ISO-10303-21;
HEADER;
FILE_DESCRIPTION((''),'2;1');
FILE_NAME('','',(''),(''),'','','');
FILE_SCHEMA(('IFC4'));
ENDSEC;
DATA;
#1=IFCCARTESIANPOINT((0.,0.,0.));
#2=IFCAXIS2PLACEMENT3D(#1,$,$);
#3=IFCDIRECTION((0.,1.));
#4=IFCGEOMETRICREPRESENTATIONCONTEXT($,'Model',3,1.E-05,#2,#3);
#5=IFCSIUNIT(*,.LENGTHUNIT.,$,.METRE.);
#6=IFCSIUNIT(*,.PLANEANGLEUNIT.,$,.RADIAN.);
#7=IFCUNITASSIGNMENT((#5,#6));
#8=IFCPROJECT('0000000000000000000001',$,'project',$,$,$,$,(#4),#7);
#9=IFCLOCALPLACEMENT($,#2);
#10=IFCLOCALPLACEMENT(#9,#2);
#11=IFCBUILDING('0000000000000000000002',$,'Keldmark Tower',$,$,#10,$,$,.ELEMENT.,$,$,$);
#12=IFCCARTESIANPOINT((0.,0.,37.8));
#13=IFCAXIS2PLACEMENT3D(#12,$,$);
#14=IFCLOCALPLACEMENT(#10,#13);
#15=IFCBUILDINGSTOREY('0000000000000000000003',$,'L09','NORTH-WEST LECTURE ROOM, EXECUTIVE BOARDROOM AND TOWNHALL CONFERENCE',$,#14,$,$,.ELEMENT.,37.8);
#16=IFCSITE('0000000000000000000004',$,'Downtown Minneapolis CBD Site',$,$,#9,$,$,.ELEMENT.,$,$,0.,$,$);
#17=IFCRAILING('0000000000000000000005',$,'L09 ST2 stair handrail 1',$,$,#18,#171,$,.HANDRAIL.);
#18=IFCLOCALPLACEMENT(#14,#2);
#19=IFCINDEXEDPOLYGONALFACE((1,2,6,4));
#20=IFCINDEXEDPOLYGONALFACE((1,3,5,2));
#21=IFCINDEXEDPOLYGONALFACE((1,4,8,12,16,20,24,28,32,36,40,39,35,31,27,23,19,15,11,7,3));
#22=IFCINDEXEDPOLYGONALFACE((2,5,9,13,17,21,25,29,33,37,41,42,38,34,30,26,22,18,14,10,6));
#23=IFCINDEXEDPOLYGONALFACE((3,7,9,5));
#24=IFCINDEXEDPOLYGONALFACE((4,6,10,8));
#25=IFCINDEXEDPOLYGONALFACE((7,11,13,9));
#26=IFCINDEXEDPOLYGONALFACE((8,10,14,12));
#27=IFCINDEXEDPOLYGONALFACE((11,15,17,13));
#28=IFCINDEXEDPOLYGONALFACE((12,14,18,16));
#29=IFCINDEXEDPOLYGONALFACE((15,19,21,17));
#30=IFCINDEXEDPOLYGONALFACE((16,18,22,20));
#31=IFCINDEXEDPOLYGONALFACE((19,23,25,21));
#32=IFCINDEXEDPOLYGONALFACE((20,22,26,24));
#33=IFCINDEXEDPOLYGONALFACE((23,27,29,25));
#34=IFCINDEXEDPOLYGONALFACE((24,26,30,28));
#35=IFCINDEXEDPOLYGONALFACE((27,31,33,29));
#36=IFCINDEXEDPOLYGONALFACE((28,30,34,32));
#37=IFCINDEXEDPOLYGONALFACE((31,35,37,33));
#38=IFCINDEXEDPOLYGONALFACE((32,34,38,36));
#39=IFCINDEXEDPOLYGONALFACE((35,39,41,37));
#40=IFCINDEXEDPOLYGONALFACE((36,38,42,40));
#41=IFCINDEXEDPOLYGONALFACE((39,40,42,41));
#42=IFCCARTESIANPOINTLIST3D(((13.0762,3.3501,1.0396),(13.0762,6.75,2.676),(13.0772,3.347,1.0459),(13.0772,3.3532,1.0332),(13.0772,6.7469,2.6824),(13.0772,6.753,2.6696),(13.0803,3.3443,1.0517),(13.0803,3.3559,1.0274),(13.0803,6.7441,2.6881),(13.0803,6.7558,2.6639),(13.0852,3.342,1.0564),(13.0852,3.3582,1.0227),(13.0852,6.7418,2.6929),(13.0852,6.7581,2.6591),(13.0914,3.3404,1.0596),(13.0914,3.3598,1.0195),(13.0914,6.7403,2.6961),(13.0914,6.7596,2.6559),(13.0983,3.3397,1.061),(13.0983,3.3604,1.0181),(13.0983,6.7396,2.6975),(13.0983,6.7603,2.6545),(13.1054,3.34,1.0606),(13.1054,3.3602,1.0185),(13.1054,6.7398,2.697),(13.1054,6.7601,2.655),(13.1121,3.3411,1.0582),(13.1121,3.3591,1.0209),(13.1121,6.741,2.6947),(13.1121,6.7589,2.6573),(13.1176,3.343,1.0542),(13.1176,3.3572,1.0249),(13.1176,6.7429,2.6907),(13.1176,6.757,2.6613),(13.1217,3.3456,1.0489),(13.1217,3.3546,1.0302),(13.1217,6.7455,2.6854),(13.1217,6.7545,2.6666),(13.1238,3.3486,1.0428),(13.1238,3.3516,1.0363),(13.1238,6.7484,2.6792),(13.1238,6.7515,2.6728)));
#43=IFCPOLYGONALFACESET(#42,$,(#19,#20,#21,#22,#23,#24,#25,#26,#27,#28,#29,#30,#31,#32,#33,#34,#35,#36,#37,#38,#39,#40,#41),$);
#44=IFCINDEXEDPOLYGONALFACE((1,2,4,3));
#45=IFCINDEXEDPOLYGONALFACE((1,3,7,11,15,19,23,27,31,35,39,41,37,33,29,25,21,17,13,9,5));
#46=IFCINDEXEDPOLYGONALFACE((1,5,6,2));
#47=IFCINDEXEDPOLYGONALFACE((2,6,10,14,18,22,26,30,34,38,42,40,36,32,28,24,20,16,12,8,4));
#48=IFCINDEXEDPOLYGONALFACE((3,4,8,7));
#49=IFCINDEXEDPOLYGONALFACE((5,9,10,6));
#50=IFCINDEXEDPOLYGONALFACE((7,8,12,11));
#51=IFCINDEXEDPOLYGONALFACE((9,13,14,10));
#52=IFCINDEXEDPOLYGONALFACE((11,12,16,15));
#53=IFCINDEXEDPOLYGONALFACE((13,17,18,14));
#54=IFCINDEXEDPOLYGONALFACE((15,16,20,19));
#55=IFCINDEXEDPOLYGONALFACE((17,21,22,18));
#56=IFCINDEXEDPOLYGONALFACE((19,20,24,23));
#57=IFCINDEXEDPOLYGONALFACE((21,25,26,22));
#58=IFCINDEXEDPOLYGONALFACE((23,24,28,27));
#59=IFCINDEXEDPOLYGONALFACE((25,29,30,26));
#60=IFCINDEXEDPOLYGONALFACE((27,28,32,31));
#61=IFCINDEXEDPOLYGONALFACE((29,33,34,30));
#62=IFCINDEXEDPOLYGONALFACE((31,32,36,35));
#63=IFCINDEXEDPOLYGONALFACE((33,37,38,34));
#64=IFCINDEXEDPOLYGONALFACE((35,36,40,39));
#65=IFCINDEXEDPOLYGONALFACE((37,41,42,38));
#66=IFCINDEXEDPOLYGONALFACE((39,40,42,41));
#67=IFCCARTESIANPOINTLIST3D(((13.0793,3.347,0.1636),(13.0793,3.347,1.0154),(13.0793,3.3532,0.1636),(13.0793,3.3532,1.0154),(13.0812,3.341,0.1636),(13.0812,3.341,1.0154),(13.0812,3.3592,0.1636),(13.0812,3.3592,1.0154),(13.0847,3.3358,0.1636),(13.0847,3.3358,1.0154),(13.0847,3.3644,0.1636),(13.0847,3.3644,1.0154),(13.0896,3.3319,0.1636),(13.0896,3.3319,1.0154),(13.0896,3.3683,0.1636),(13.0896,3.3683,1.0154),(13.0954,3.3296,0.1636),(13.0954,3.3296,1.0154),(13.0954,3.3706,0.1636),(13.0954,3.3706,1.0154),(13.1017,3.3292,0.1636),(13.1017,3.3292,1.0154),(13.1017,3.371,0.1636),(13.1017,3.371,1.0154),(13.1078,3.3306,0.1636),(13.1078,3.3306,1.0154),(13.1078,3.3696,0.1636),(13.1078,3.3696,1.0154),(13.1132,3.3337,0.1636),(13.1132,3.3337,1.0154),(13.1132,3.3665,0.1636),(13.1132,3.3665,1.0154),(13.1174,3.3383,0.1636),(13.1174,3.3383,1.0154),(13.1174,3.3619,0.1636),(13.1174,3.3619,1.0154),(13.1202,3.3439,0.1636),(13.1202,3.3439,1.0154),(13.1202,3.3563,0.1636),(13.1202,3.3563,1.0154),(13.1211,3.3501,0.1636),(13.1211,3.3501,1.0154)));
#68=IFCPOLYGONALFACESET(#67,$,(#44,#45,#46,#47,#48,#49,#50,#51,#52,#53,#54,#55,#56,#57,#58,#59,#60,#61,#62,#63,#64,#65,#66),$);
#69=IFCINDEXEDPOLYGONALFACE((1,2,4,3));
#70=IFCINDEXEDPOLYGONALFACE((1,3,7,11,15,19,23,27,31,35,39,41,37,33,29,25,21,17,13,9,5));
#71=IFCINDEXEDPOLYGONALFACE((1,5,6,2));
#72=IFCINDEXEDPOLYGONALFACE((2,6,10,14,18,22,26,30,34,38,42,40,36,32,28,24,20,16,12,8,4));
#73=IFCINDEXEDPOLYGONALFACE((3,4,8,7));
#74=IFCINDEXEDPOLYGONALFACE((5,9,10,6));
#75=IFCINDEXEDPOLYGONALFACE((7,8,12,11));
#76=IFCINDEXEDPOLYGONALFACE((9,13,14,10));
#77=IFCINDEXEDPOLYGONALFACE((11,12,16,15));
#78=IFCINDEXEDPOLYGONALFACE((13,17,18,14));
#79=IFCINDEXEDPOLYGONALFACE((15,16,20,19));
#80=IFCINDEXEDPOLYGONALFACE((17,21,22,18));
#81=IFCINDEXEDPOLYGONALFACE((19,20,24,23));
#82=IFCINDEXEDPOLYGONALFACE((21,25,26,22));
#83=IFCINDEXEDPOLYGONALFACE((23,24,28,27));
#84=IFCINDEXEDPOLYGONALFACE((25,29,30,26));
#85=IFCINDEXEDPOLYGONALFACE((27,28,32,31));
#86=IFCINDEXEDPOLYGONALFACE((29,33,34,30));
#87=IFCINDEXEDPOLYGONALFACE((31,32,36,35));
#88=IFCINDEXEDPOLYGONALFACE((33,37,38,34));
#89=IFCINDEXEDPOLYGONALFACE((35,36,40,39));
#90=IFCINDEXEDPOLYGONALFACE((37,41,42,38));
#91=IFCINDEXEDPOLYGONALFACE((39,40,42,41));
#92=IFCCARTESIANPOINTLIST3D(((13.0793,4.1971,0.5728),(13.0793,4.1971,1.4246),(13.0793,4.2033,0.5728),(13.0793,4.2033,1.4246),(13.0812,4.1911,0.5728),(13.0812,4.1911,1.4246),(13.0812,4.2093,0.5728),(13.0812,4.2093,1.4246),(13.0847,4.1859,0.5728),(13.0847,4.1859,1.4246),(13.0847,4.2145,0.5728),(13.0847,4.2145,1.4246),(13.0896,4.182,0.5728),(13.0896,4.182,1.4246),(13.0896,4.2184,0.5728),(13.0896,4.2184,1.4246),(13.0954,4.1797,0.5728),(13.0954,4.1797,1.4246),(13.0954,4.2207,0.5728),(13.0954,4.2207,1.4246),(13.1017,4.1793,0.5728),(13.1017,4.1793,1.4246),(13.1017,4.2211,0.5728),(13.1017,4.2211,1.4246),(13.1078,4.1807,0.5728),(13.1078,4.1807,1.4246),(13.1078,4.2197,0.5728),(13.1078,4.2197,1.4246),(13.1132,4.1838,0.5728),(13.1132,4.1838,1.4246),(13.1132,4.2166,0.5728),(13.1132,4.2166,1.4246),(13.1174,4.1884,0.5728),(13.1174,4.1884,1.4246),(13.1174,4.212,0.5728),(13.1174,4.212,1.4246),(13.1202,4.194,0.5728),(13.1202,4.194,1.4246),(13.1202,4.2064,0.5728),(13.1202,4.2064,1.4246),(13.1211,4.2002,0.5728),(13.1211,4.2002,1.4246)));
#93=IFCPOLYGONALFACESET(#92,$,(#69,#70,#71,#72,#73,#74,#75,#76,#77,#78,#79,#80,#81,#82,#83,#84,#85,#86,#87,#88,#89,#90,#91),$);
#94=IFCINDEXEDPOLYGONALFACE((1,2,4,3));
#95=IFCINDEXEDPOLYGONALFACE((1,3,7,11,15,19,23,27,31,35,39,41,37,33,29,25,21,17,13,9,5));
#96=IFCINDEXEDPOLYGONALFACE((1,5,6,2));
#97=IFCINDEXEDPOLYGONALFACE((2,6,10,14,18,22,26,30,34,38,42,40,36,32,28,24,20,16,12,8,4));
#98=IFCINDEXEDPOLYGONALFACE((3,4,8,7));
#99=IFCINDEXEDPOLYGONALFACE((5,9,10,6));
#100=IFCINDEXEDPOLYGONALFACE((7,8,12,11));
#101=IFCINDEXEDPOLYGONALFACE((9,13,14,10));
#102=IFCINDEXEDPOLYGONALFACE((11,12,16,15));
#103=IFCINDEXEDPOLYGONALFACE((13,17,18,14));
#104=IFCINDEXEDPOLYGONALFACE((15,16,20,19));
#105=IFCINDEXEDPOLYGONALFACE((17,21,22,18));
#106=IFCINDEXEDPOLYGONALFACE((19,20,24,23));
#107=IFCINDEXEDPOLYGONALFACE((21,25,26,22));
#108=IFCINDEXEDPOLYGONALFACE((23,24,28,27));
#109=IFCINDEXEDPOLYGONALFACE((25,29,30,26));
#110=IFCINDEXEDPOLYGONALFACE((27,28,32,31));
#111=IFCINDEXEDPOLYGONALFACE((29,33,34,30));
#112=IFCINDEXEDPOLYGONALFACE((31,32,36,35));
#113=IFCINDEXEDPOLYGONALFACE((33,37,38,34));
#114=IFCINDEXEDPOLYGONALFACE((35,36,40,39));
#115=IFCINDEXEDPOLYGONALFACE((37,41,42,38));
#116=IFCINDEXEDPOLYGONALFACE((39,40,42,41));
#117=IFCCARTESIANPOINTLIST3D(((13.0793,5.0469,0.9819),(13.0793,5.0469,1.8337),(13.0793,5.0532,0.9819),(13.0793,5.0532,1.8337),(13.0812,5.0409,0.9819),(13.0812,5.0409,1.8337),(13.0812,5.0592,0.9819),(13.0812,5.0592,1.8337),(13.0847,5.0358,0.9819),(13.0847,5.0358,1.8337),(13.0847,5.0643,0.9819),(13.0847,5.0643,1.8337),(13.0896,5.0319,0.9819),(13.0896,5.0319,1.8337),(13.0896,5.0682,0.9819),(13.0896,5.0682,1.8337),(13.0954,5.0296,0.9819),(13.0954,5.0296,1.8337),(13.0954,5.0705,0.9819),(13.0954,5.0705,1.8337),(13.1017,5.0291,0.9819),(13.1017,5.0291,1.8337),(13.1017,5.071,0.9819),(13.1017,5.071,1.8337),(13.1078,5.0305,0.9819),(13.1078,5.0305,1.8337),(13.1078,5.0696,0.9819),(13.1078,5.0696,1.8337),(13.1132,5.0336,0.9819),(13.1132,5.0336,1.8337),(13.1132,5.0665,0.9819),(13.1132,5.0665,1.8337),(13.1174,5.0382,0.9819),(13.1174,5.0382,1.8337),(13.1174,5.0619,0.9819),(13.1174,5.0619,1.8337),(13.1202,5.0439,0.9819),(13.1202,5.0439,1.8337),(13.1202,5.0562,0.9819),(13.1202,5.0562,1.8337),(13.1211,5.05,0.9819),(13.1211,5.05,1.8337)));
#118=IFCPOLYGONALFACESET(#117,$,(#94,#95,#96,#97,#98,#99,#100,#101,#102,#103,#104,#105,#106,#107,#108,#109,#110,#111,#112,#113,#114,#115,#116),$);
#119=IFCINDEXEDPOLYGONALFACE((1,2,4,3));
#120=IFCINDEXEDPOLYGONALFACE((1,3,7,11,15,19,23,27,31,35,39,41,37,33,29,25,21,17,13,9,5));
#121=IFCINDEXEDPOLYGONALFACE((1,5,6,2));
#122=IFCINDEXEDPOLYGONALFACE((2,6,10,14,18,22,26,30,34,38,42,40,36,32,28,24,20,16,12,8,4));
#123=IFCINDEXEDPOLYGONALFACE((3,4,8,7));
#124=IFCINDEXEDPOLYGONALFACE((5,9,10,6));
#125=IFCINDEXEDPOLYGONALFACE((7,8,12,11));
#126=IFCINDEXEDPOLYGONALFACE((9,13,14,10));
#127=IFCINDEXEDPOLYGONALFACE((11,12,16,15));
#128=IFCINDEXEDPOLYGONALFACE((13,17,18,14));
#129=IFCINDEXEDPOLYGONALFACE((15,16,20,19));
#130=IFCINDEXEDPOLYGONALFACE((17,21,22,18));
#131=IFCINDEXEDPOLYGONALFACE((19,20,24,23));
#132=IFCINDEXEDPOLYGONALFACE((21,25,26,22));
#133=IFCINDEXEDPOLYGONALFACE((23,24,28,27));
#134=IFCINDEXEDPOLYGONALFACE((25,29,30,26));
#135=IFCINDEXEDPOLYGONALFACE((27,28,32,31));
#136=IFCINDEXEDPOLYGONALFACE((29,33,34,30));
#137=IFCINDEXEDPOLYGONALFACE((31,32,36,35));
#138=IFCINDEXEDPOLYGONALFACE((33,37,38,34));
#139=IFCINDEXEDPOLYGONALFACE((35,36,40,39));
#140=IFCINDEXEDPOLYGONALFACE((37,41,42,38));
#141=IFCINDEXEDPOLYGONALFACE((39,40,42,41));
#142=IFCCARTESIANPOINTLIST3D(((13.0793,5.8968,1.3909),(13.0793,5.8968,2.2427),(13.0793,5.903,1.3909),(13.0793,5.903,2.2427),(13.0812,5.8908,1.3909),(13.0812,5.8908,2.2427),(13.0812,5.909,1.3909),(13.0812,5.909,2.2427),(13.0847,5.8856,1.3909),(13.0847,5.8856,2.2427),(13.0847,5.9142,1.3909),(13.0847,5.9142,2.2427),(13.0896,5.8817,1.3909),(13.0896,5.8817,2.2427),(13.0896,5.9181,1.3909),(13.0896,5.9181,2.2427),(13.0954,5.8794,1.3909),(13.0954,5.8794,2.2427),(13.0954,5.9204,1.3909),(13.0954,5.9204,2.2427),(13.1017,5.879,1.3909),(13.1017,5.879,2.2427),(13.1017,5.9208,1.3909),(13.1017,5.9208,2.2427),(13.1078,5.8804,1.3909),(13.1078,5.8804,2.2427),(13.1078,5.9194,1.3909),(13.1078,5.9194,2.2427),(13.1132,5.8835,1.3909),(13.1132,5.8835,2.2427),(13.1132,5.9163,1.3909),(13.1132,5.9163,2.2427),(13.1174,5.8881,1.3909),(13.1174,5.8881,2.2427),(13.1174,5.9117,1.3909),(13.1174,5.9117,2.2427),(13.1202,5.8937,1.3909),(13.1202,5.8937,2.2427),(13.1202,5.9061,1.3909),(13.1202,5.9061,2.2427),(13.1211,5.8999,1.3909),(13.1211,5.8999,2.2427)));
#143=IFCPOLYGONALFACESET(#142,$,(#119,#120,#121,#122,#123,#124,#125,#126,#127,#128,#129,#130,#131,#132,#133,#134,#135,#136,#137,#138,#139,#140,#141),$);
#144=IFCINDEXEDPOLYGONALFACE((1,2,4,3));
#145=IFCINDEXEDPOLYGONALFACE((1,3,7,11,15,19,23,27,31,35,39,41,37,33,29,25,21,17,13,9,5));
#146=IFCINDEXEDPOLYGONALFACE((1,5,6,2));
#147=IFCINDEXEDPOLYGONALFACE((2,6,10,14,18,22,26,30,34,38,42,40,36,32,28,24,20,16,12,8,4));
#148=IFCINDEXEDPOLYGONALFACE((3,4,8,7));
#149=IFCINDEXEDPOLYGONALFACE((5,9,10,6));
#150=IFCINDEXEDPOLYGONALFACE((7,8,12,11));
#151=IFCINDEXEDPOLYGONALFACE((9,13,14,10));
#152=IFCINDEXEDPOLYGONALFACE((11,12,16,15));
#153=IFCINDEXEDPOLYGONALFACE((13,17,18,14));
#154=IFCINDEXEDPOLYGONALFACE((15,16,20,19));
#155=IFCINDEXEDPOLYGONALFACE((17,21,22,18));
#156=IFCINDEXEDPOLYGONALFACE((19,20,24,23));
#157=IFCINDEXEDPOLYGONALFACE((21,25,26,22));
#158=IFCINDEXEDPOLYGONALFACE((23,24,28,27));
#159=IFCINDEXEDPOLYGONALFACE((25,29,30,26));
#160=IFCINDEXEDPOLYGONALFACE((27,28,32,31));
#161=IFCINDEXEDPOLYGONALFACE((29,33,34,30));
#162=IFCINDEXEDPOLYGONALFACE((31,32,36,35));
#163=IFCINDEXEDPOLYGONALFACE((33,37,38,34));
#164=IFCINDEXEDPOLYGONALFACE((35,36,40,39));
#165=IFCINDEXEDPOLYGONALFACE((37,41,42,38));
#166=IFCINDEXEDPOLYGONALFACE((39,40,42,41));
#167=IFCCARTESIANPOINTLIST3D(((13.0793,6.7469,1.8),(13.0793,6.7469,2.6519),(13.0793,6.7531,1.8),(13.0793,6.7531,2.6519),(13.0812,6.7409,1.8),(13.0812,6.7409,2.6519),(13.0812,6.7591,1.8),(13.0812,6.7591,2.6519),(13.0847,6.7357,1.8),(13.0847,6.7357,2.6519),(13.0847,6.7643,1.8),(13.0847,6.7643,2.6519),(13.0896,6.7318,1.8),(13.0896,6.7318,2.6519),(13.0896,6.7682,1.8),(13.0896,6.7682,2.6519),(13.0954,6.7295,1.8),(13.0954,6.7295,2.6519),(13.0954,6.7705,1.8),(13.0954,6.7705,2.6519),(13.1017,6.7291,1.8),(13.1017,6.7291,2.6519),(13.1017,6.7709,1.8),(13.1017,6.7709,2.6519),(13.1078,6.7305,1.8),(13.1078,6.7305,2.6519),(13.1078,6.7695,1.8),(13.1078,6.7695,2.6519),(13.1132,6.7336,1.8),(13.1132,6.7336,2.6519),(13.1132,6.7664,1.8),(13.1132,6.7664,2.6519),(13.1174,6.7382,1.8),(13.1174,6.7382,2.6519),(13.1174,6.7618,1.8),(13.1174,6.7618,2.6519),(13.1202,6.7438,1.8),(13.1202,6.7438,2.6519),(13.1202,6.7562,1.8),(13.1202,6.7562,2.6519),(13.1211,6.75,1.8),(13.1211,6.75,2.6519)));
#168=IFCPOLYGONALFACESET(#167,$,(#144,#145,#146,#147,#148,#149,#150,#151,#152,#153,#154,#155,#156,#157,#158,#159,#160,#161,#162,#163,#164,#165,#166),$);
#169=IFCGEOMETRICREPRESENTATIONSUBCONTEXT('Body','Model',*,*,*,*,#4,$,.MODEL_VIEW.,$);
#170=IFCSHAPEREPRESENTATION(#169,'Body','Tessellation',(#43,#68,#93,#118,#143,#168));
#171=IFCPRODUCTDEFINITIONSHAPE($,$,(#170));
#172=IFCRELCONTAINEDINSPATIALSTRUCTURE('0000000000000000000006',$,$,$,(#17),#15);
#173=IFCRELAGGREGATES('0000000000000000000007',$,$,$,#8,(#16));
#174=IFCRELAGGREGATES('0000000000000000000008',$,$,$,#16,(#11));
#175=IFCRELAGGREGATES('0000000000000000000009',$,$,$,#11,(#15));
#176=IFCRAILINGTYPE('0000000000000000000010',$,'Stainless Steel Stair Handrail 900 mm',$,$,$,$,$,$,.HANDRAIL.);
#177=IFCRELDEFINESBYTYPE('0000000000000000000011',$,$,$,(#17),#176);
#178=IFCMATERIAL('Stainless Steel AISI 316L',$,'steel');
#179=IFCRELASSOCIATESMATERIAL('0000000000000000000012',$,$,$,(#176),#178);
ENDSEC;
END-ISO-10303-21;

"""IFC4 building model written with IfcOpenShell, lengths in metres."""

from ifc_helpers import new_model, si_unit, direction, frame, origin, origin_2d, place, context, subcontext, project, spatial, circle, extrude, material, type_object, element, save


model = new_model("IFC4")

# Units and contexts
model_context = context("Model", 3, precision=1e-05, world=origin(), true_north=direction((0.0, 1.0)))
body_context = subcontext(model_context, "Body", "Model", "MODEL_VIEW")
ifc_project = project(units=[si_unit("LENGTHUNIT", "METRE"), si_unit("PLANEANGLEUNIT", "RADIAN")], contexts=[model_context])

# Site, building, storey
site_placement = place(None, origin())
site = spatial("IfcSite", under=ifc_project, at=site_placement, Name="Downtown Minneapolis CBD Site", CompositionType="ELEMENT", RefElevation=0.0)
building_placement = place(site_placement, origin())
building = spatial("IfcBuilding", under=site, at=building_placement, Name="Keldmark Tower", CompositionType="ELEMENT")
storey_placement = place(building_placement, frame((0.0, 0.0, 37.8)))
storey = spatial("IfcBuildingStorey", under=building, at=storey_placement, Name="L09", Description="NORTH-WEST LECTURE ROOM, EXECUTIVE BOARDROOM AND TOWNHALL CONFERENCE", CompositionType="ELEMENT", Elevation=37.8)

# Railing
ifc_material_1 = material(Name="Stainless Steel AISI 316L", Category="steel")
railing_type_1 = type_object("IfcRailingType", Name="Stainless Steel Stair Handrail 900 mm", PredefinedType="HANDRAIL", material=ifc_material_1)
railing_1_placement = place(storey_placement, frame((13.1001, 3.3501, 0.1636)))
element("IfcRailing", 1, at=railing_1_placement, inside=storey, type_object=railing_type_1, Name="L09 ST2 stair handrail 1", PredefinedType="HANDRAIL", context=body_context, shape_type="SweptSolid", body=[
    extrude(circle(Radius=0.0239, at=origin_2d()), frame((0.0, 0.0, 0.876), z_axis=(0.0, 0.901055, 0.433705), x_axis=(-1.0, 0.0, 0.0)), (0.0, 0.0, 1.0), 3.7732),
    extrude(circle(Radius=0.021, at=origin_2d()), origin(), (0.0, 0.0, 1.0), 0.8518),
    extrude(circle(Radius=0.021, at=origin_2d()), frame((0.0, 0.8501, 0.4092)), (0.0, 0.0, 1.0), 0.8518),
    extrude(circle(Radius=0.021, at=origin_2d()), frame((0.0, 1.7, 0.8184)), (0.0, 0.0, 1.0), 0.8518),
    extrude(circle(Radius=0.021, at=origin_2d()), frame((0.0, 2.5498, 1.2273)), (0.0, 0.0, 1.0), 0.8518),
    extrude(circle(Radius=0.021, at=origin_2d()), frame((0.0, 3.3999, 1.6365)), (0.0, 0.0, 1.0), 0.8518),
])

save(model, "model.ifc")
